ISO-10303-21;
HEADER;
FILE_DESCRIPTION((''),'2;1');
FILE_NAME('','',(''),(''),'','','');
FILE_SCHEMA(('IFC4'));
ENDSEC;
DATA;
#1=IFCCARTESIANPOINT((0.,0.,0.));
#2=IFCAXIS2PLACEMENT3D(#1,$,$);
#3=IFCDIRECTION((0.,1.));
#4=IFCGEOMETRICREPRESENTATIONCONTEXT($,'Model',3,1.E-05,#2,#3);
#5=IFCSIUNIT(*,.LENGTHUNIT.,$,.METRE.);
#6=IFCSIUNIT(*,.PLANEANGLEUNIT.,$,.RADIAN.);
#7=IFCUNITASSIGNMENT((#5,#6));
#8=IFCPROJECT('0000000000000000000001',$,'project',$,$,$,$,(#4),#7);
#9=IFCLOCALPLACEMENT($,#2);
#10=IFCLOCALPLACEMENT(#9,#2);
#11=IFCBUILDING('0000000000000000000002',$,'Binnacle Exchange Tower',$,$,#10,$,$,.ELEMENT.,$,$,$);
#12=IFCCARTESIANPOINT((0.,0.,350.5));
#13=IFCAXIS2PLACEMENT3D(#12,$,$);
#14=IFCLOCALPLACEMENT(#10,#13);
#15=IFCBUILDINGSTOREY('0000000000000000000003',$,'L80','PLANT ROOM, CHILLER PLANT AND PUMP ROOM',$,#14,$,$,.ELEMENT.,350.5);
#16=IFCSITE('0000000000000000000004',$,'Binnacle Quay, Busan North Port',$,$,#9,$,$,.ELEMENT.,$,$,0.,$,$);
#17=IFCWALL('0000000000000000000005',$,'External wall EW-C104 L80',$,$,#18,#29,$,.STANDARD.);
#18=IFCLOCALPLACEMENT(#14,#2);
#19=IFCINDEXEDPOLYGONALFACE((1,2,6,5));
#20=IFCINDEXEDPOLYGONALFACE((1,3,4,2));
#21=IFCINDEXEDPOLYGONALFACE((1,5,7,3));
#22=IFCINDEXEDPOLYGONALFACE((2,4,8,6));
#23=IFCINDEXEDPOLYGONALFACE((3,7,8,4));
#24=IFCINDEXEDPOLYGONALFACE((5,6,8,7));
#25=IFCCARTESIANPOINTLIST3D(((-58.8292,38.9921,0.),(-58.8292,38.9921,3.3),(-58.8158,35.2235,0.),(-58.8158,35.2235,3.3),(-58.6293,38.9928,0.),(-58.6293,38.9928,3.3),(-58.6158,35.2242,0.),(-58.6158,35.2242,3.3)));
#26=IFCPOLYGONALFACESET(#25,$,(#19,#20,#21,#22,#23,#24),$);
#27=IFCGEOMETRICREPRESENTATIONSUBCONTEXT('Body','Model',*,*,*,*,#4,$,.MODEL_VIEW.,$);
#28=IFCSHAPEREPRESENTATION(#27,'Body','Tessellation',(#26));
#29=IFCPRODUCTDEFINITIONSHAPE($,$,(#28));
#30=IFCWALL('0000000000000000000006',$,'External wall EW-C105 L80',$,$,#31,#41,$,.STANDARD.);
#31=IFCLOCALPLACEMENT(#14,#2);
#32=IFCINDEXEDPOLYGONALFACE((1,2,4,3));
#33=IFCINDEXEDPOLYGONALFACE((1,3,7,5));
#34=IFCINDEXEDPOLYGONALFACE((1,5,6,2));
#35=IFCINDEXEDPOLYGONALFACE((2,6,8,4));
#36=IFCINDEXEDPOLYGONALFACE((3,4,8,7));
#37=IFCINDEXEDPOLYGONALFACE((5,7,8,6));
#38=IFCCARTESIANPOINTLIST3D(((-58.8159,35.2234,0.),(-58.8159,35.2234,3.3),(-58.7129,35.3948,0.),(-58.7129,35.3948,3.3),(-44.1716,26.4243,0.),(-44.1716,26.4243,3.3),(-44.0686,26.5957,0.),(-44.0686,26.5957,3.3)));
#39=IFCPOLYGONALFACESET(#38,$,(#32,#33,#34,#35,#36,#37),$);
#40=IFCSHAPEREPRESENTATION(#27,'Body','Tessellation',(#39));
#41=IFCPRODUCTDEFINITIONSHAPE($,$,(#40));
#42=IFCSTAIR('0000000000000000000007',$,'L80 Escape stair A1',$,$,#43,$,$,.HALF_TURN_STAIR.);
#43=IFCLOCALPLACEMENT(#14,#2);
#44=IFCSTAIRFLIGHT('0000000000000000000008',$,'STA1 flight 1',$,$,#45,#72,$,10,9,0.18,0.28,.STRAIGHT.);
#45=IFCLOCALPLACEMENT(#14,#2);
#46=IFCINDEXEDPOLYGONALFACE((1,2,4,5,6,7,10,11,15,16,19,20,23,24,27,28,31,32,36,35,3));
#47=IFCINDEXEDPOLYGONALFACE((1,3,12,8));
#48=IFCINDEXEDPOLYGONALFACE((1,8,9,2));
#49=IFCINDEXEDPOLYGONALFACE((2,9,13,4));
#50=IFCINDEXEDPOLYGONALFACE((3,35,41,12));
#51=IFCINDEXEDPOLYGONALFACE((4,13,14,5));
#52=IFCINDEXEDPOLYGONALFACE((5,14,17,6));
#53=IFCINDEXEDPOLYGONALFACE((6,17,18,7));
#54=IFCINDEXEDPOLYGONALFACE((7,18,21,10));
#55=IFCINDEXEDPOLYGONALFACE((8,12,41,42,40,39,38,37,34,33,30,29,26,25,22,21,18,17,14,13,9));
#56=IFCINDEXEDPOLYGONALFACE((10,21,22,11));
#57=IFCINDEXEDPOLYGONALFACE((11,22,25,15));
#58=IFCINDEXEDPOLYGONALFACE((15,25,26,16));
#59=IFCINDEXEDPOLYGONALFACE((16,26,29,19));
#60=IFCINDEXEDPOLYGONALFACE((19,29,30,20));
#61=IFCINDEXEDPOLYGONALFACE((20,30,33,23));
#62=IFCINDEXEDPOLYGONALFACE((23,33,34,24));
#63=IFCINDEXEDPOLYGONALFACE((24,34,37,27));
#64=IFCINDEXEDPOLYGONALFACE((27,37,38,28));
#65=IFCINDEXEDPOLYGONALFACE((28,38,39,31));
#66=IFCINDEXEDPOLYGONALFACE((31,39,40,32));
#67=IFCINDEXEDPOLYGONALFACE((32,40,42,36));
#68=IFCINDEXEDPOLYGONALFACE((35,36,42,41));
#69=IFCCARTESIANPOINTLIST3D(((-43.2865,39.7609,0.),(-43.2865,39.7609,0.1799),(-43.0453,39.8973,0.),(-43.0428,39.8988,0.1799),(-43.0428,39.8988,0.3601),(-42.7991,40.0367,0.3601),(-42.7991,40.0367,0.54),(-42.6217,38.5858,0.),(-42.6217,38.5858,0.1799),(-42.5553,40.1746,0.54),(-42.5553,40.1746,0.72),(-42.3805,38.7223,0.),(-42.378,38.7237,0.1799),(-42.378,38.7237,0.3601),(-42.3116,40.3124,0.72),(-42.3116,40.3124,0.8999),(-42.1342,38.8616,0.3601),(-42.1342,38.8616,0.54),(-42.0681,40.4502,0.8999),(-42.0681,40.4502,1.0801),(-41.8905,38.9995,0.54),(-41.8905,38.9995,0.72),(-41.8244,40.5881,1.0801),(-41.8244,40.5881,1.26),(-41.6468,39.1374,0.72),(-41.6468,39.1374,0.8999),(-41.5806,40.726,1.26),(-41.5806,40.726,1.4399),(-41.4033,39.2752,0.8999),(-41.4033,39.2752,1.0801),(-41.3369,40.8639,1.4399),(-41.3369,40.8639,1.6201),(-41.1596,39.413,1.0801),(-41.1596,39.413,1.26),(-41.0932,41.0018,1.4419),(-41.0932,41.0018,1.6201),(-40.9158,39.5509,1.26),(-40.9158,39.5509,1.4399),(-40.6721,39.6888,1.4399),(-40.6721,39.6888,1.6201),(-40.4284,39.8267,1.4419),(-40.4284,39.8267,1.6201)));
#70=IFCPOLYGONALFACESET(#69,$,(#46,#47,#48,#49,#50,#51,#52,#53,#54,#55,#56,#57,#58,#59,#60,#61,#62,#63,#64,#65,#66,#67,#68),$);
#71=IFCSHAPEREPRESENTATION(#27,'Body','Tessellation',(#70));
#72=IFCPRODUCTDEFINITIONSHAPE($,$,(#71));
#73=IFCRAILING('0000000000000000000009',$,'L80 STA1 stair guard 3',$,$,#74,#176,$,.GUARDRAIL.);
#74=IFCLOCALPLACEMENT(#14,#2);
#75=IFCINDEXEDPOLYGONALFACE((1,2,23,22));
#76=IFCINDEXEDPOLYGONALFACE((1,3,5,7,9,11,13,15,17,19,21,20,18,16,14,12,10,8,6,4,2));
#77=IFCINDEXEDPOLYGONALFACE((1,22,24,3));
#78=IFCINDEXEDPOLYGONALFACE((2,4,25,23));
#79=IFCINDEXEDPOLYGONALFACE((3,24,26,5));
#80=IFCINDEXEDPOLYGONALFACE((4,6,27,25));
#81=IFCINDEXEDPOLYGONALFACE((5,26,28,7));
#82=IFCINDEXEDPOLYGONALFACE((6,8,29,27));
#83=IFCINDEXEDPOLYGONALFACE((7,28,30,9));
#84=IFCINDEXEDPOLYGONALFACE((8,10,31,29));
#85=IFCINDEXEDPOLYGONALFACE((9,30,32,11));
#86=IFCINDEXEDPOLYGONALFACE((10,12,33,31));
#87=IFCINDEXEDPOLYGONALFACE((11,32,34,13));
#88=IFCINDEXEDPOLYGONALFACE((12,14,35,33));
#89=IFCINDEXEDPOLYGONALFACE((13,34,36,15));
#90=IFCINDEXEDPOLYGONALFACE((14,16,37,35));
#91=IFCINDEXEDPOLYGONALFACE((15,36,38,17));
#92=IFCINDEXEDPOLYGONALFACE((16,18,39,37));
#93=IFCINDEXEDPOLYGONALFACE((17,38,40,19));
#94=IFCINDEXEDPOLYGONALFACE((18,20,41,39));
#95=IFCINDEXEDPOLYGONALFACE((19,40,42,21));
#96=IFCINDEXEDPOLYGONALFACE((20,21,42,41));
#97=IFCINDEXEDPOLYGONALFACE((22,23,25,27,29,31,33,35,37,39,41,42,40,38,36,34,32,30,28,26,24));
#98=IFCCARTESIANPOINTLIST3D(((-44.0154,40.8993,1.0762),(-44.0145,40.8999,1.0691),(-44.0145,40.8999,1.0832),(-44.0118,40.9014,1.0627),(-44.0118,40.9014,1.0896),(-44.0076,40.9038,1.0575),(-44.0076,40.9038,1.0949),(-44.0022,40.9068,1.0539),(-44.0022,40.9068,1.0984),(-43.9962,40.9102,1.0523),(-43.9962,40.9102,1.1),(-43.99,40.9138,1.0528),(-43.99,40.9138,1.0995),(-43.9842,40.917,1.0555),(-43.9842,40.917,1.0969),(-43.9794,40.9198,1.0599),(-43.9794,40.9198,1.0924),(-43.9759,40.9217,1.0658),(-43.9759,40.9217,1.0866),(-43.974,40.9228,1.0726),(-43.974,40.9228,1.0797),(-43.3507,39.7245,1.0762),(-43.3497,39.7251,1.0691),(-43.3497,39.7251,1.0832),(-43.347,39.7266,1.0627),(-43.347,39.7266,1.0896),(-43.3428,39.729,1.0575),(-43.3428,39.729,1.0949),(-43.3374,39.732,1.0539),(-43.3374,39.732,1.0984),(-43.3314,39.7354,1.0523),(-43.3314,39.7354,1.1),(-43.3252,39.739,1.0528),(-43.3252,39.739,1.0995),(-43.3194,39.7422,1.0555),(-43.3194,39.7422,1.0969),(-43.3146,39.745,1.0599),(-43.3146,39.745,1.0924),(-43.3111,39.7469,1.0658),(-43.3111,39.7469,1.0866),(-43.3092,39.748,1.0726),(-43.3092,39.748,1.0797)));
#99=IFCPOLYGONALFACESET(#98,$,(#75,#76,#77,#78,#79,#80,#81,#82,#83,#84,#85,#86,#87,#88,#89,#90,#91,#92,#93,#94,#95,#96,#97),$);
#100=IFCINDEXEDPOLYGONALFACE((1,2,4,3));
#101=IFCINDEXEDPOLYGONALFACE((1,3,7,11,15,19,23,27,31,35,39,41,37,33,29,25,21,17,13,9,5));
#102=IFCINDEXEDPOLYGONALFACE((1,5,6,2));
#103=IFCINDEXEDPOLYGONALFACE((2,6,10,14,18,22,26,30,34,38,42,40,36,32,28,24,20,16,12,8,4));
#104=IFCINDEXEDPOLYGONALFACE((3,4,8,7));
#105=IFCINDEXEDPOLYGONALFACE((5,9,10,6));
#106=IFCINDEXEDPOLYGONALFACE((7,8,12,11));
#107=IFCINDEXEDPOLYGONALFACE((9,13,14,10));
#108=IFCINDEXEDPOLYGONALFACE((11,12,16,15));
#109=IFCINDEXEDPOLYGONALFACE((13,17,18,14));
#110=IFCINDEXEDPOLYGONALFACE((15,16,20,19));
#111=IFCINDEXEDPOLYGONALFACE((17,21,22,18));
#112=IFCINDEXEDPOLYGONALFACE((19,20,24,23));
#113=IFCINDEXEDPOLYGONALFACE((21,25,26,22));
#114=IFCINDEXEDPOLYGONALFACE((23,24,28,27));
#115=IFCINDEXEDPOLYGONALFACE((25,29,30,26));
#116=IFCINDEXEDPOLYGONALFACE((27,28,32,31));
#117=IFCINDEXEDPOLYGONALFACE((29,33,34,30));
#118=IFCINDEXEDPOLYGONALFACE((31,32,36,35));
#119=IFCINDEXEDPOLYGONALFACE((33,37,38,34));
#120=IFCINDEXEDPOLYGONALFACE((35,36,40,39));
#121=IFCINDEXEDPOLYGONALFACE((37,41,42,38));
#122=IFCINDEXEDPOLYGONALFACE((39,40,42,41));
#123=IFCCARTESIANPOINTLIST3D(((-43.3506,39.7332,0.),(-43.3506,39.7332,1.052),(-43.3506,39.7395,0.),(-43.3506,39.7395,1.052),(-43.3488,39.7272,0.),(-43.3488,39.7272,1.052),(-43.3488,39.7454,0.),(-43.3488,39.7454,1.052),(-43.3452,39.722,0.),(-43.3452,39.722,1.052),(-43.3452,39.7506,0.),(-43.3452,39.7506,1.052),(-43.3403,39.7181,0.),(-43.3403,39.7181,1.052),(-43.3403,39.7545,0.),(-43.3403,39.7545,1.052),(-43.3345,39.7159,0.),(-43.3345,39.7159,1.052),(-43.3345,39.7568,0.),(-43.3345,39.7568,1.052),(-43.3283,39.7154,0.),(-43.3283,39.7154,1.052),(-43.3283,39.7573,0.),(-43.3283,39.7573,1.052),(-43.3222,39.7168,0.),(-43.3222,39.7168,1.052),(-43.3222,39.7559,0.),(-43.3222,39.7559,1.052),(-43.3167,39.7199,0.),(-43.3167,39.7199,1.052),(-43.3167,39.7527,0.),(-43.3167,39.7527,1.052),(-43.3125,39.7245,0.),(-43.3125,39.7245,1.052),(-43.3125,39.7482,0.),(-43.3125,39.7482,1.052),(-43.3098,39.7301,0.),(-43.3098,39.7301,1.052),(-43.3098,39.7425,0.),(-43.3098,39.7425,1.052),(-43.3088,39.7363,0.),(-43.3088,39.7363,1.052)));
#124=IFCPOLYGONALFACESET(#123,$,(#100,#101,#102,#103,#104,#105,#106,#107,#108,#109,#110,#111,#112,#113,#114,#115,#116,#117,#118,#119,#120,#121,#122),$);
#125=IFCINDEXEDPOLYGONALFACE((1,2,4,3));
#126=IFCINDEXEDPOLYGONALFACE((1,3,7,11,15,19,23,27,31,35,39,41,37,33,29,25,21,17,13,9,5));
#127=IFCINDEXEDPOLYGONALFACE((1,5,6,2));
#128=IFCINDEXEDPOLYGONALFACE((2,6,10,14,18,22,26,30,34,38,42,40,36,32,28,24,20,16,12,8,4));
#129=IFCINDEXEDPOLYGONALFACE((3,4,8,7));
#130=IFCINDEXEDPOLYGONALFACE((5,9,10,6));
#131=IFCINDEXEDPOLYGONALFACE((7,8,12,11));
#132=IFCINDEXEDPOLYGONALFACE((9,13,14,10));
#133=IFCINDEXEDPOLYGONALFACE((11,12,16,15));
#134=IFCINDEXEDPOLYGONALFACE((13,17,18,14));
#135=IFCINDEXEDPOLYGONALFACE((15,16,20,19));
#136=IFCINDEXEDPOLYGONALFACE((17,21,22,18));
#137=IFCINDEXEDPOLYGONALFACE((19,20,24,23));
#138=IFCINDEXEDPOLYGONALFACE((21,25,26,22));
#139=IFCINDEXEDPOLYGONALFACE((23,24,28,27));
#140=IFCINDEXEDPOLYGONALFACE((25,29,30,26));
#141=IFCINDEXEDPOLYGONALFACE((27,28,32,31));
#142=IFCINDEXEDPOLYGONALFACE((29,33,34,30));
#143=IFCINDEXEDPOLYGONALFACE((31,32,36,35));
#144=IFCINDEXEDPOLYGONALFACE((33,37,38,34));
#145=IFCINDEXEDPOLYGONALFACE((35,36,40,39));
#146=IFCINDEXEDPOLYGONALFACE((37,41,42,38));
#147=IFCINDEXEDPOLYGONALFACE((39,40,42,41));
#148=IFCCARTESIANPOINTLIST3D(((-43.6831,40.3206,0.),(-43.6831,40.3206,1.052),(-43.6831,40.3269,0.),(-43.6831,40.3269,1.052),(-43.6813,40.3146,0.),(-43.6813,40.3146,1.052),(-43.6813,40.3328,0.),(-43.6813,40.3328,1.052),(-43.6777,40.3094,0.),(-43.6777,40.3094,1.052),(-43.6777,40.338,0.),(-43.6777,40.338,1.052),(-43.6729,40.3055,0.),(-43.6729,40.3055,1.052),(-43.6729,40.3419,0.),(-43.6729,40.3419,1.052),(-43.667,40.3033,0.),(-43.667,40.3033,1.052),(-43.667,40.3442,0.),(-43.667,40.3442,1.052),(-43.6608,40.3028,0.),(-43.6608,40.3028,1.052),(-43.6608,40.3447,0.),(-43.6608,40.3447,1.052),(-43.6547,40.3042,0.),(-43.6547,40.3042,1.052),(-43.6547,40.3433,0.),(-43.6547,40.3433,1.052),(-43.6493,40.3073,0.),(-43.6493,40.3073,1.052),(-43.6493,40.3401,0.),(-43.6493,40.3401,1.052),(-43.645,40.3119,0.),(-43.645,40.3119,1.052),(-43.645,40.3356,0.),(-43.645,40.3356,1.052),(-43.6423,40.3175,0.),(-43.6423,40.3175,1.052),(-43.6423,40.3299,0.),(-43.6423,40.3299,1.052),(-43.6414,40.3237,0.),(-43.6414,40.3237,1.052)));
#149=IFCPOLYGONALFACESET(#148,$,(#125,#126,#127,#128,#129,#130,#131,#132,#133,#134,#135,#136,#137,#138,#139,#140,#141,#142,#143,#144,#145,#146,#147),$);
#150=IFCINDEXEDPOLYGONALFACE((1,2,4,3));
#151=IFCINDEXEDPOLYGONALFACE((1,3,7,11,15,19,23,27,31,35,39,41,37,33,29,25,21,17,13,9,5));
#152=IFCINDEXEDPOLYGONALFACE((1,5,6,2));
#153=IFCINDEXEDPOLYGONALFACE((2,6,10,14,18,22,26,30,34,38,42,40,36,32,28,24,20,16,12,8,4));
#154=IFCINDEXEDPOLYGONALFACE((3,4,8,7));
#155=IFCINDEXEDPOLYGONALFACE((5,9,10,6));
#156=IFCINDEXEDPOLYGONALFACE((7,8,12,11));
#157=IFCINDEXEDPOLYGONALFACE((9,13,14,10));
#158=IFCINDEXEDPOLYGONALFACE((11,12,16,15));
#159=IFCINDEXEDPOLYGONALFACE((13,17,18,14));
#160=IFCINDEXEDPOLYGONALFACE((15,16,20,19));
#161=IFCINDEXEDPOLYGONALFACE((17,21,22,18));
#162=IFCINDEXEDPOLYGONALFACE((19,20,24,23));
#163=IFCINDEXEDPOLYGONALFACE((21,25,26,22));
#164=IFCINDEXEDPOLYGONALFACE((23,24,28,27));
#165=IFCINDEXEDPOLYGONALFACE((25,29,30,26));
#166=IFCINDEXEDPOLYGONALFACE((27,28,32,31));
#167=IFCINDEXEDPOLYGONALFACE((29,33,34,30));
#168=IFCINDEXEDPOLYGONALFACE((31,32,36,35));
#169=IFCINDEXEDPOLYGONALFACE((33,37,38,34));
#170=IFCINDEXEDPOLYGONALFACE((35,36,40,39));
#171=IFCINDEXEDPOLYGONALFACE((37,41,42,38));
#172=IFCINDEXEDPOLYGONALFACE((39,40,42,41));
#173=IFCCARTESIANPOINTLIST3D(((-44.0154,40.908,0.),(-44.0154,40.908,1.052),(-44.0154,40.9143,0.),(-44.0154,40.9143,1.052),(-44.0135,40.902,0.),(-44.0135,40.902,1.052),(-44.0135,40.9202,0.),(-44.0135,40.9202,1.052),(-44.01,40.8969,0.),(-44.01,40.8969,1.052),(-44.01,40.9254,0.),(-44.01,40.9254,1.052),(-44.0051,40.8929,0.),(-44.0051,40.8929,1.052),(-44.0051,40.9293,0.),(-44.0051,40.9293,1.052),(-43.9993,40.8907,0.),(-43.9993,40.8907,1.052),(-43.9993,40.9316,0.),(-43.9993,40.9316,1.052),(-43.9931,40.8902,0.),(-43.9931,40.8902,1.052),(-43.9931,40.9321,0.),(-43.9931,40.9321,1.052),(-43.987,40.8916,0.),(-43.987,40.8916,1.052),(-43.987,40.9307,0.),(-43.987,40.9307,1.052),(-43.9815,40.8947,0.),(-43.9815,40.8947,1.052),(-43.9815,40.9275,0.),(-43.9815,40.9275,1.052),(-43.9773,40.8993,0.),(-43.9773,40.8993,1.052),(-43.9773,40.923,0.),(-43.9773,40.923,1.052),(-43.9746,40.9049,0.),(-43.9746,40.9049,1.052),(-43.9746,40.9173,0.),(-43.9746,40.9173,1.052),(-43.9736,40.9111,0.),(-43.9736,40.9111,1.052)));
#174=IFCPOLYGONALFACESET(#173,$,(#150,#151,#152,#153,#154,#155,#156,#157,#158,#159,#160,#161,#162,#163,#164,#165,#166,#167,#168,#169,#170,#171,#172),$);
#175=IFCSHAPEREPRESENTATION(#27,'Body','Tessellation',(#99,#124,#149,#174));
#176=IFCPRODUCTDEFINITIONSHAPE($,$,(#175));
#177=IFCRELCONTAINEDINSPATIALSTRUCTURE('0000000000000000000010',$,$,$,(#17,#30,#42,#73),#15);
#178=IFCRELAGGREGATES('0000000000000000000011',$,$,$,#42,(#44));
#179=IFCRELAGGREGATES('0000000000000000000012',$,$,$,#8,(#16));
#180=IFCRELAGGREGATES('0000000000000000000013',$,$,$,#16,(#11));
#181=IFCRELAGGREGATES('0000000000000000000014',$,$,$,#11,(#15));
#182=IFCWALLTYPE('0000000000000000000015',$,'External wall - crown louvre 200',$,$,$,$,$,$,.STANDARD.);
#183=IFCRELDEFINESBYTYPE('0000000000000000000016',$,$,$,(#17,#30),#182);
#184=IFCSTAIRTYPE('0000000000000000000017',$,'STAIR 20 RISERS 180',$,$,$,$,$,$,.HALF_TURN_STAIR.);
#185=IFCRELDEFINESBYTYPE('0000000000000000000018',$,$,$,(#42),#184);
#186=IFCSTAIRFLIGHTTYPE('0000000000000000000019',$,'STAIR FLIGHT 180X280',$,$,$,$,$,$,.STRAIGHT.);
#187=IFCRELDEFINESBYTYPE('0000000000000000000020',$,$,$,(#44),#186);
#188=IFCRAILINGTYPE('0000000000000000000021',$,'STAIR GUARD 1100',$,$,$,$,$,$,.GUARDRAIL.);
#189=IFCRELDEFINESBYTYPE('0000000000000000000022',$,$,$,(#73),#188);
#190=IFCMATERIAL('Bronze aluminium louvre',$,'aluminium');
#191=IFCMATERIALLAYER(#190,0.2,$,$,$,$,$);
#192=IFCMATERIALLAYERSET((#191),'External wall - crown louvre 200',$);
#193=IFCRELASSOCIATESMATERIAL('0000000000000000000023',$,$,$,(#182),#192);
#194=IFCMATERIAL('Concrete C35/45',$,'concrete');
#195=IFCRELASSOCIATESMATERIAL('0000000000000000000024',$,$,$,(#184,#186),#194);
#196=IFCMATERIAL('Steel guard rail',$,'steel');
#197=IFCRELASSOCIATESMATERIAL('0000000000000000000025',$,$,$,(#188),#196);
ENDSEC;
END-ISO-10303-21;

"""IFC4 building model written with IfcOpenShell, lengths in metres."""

from ifc_helpers import new_model, si_unit, direction, frame, frame_2d, origin, origin_2d, place, context, subcontext, project, spatial, polyline, rectangle, circle, outline, extrude, material, layer, layer_set, type_object, element, aggregate, save


model = new_model("IFC4")

# Units and contexts
model_context = context("Model", 3, precision=1e-05, world=origin(), true_north=direction((0.0, 1.0)))
body_context = subcontext(model_context, "Body", "Model", "MODEL_VIEW")
ifc_project = project(units=[si_unit("LENGTHUNIT", "METRE"), si_unit("PLANEANGLEUNIT", "RADIAN")], contexts=[model_context])

# Site, building, storey
site_placement = place(None, origin())
site = spatial("IfcSite", under=ifc_project, at=site_placement, Name="Binnacle Quay, Busan North Port", CompositionType="ELEMENT", RefElevation=0.0)
building_placement = place(site_placement, origin())
building = spatial("IfcBuilding", under=site, at=building_placement, Name="Binnacle Exchange Tower", CompositionType="ELEMENT")
storey_placement = place(building_placement, frame((0.0, 0.0, 350.5)))
storey = spatial("IfcBuildingStorey", under=building, at=storey_placement, Name="L80", Description="PLANT ROOM, CHILLER PLANT AND PUMP ROOM", CompositionType="ELEMENT", Elevation=350.5)

# Walls
ifc_material_1 = material(Name="Bronze aluminium louvre", Category="aluminium")
ifc_layer_1 = layer(ifc_material_1, 0.2)
ifc_layer_set_1 = layer_set([ifc_layer_1], Name="External wall - crown louvre 200")
wall_type_1 = type_object("IfcWallType", Name="External wall - crown louvre 200", PredefinedType="STANDARD", material=ifc_layer_set_1)
wall_1_placement = place(storey_placement, frame((-58.7158, 35.2239, 0.0), z_axis=(0.0, 0.0, 1.0), x_axis=(-0.003563, 0.999994, 0.0)))
element("IfcWall", 1, at=wall_1_placement, inside=storey, type_object=wall_type_1, Name="External wall EW-C104 L80", PredefinedType="STANDARD", context=body_context, shape_type="SweptSolid", body=[
    extrude(rectangle(XDim=3.7686, YDim=0.2, at=frame_2d((1.8843, 0.0))), origin(), (0.0, 0.0, 1.0), 3.3),
])
wall_2_placement = place(storey_placement, frame((-44.1201, 26.51, 0.0), z_axis=(0.0, 0.0, 1.0), x_axis=(-0.85717, 0.515034, 0.0)))
element("IfcWall", 2, at=wall_2_placement, inside=storey, type_object=wall_type_1, Name="External wall EW-C105 L80", PredefinedType="STANDARD", context=body_context, shape_type="SweptSolid", body=[
    extrude(rectangle(XDim=17.0845, YDim=0.2, at=frame_2d((8.5422, 0.0))), origin(), (0.0, 0.0, 1.0), 3.3),
])

# Stair, stair flight
ifc_material_2 = material(Name="Concrete C35/45", Category="concrete")
stair_type = type_object("IfcStairType", Name="STAIR 20 RISERS 180", PredefinedType="HALF_TURN_STAIR", material=ifc_material_2)
stair_placement = place(storey_placement, origin())
stair = element("IfcStair", 3, at=stair_placement, inside=storey, type_object=stair_type, Name="L80 Escape stair A1", PredefinedType="HALF_TURN_STAIR")
stair_flight_type = type_object("IfcStairFlightType", Name="STAIR FLIGHT 180X280", PredefinedType="STRAIGHT", material=ifc_material_2)
stair_flight_placement = place(storey_placement, frame((-42.9541, 39.1733, 0.0), z_axis=(0.0, 0.0, 1.0), x_axis=(0.870356, 0.492424, 0.0)))
stair_flight = element("IfcStairFlight", 4, at=stair_flight_placement, type_object=stair_flight_type, Name="STA1 flight 1", NumberOfRisers=10, NumberOfTreads=9, PredefinedType="STRAIGHT", RiserHeight=0.18, TreadLength=0.28, context=body_context, shape_type="SweptSolid", body=[
    extrude(outline(polyline([(0.0, 0.0), (0.0, 0.1799), (0.28, 0.1799), (0.28, 0.3601), (0.5601, 0.3601), (0.5601, 0.54), (0.8401, 0.54), (0.8401, 0.72), (1.1201, 0.72), (1.1201, 0.8999), (1.3999, 0.8999), (1.3999, 1.0801), (1.6799, 1.0801), (1.6799, 1.26), (1.96, 1.26), (1.96, 1.4399), (2.24, 1.4399), (2.24, 1.6201), (2.52, 1.6201), (2.52, 1.8), (2.52, 1.4419), (0.2771, 0.0), (0.0, 0.0)])), frame((0.0, 0.675, 0.0), z_axis=(0.0, -1.0, 0.0), x_axis=(1.0, 0.0, 0.0)), (0.0, 0.0, 1.0), 1.3501),
])
aggregate(stair, [stair_flight])

# Railing
ifc_material_3 = material(Name="Steel guard rail", Category="steel")
railing_type = type_object("IfcRailingType", Name="STAIR GUARD 1100", PredefinedType="GUARDRAIL", material=ifc_material_3)
railing_1_placement = place(storey_placement, frame((-43.3298, 39.7363, 0.0)))
element("IfcRailing", 5, at=railing_1_placement, inside=storey, type_object=railing_type, Name="L80 STA1 stair guard 3", PredefinedType="GUARDRAIL", context=body_context, shape_type="SweptSolid", body=[
    extrude(circle(Radius=0.0239, at=origin_2d()), frame((0.0, 0.0, 1.0762), z_axis=(-0.492492, 0.870317, 0.0), x_axis=(-0.870317, -0.492492, 0.0)), (0.0, 0.0, 1.0), 1.3499),
    extrude(circle(Radius=0.021, at=origin_2d()), origin(), (0.0, 0.0, 1.0), 1.052),
    extrude(circle(Radius=0.021, at=origin_2d()), frame((-0.3325, 0.5874, 0.0)), (0.0, 0.0, 1.0), 1.052),
    extrude(circle(Radius=0.021, at=origin_2d()), frame((-0.6648, 1.1748, 0.0)), (0.0, 0.0, 1.0), 1.052),
])

save(model, "model.ifc")
